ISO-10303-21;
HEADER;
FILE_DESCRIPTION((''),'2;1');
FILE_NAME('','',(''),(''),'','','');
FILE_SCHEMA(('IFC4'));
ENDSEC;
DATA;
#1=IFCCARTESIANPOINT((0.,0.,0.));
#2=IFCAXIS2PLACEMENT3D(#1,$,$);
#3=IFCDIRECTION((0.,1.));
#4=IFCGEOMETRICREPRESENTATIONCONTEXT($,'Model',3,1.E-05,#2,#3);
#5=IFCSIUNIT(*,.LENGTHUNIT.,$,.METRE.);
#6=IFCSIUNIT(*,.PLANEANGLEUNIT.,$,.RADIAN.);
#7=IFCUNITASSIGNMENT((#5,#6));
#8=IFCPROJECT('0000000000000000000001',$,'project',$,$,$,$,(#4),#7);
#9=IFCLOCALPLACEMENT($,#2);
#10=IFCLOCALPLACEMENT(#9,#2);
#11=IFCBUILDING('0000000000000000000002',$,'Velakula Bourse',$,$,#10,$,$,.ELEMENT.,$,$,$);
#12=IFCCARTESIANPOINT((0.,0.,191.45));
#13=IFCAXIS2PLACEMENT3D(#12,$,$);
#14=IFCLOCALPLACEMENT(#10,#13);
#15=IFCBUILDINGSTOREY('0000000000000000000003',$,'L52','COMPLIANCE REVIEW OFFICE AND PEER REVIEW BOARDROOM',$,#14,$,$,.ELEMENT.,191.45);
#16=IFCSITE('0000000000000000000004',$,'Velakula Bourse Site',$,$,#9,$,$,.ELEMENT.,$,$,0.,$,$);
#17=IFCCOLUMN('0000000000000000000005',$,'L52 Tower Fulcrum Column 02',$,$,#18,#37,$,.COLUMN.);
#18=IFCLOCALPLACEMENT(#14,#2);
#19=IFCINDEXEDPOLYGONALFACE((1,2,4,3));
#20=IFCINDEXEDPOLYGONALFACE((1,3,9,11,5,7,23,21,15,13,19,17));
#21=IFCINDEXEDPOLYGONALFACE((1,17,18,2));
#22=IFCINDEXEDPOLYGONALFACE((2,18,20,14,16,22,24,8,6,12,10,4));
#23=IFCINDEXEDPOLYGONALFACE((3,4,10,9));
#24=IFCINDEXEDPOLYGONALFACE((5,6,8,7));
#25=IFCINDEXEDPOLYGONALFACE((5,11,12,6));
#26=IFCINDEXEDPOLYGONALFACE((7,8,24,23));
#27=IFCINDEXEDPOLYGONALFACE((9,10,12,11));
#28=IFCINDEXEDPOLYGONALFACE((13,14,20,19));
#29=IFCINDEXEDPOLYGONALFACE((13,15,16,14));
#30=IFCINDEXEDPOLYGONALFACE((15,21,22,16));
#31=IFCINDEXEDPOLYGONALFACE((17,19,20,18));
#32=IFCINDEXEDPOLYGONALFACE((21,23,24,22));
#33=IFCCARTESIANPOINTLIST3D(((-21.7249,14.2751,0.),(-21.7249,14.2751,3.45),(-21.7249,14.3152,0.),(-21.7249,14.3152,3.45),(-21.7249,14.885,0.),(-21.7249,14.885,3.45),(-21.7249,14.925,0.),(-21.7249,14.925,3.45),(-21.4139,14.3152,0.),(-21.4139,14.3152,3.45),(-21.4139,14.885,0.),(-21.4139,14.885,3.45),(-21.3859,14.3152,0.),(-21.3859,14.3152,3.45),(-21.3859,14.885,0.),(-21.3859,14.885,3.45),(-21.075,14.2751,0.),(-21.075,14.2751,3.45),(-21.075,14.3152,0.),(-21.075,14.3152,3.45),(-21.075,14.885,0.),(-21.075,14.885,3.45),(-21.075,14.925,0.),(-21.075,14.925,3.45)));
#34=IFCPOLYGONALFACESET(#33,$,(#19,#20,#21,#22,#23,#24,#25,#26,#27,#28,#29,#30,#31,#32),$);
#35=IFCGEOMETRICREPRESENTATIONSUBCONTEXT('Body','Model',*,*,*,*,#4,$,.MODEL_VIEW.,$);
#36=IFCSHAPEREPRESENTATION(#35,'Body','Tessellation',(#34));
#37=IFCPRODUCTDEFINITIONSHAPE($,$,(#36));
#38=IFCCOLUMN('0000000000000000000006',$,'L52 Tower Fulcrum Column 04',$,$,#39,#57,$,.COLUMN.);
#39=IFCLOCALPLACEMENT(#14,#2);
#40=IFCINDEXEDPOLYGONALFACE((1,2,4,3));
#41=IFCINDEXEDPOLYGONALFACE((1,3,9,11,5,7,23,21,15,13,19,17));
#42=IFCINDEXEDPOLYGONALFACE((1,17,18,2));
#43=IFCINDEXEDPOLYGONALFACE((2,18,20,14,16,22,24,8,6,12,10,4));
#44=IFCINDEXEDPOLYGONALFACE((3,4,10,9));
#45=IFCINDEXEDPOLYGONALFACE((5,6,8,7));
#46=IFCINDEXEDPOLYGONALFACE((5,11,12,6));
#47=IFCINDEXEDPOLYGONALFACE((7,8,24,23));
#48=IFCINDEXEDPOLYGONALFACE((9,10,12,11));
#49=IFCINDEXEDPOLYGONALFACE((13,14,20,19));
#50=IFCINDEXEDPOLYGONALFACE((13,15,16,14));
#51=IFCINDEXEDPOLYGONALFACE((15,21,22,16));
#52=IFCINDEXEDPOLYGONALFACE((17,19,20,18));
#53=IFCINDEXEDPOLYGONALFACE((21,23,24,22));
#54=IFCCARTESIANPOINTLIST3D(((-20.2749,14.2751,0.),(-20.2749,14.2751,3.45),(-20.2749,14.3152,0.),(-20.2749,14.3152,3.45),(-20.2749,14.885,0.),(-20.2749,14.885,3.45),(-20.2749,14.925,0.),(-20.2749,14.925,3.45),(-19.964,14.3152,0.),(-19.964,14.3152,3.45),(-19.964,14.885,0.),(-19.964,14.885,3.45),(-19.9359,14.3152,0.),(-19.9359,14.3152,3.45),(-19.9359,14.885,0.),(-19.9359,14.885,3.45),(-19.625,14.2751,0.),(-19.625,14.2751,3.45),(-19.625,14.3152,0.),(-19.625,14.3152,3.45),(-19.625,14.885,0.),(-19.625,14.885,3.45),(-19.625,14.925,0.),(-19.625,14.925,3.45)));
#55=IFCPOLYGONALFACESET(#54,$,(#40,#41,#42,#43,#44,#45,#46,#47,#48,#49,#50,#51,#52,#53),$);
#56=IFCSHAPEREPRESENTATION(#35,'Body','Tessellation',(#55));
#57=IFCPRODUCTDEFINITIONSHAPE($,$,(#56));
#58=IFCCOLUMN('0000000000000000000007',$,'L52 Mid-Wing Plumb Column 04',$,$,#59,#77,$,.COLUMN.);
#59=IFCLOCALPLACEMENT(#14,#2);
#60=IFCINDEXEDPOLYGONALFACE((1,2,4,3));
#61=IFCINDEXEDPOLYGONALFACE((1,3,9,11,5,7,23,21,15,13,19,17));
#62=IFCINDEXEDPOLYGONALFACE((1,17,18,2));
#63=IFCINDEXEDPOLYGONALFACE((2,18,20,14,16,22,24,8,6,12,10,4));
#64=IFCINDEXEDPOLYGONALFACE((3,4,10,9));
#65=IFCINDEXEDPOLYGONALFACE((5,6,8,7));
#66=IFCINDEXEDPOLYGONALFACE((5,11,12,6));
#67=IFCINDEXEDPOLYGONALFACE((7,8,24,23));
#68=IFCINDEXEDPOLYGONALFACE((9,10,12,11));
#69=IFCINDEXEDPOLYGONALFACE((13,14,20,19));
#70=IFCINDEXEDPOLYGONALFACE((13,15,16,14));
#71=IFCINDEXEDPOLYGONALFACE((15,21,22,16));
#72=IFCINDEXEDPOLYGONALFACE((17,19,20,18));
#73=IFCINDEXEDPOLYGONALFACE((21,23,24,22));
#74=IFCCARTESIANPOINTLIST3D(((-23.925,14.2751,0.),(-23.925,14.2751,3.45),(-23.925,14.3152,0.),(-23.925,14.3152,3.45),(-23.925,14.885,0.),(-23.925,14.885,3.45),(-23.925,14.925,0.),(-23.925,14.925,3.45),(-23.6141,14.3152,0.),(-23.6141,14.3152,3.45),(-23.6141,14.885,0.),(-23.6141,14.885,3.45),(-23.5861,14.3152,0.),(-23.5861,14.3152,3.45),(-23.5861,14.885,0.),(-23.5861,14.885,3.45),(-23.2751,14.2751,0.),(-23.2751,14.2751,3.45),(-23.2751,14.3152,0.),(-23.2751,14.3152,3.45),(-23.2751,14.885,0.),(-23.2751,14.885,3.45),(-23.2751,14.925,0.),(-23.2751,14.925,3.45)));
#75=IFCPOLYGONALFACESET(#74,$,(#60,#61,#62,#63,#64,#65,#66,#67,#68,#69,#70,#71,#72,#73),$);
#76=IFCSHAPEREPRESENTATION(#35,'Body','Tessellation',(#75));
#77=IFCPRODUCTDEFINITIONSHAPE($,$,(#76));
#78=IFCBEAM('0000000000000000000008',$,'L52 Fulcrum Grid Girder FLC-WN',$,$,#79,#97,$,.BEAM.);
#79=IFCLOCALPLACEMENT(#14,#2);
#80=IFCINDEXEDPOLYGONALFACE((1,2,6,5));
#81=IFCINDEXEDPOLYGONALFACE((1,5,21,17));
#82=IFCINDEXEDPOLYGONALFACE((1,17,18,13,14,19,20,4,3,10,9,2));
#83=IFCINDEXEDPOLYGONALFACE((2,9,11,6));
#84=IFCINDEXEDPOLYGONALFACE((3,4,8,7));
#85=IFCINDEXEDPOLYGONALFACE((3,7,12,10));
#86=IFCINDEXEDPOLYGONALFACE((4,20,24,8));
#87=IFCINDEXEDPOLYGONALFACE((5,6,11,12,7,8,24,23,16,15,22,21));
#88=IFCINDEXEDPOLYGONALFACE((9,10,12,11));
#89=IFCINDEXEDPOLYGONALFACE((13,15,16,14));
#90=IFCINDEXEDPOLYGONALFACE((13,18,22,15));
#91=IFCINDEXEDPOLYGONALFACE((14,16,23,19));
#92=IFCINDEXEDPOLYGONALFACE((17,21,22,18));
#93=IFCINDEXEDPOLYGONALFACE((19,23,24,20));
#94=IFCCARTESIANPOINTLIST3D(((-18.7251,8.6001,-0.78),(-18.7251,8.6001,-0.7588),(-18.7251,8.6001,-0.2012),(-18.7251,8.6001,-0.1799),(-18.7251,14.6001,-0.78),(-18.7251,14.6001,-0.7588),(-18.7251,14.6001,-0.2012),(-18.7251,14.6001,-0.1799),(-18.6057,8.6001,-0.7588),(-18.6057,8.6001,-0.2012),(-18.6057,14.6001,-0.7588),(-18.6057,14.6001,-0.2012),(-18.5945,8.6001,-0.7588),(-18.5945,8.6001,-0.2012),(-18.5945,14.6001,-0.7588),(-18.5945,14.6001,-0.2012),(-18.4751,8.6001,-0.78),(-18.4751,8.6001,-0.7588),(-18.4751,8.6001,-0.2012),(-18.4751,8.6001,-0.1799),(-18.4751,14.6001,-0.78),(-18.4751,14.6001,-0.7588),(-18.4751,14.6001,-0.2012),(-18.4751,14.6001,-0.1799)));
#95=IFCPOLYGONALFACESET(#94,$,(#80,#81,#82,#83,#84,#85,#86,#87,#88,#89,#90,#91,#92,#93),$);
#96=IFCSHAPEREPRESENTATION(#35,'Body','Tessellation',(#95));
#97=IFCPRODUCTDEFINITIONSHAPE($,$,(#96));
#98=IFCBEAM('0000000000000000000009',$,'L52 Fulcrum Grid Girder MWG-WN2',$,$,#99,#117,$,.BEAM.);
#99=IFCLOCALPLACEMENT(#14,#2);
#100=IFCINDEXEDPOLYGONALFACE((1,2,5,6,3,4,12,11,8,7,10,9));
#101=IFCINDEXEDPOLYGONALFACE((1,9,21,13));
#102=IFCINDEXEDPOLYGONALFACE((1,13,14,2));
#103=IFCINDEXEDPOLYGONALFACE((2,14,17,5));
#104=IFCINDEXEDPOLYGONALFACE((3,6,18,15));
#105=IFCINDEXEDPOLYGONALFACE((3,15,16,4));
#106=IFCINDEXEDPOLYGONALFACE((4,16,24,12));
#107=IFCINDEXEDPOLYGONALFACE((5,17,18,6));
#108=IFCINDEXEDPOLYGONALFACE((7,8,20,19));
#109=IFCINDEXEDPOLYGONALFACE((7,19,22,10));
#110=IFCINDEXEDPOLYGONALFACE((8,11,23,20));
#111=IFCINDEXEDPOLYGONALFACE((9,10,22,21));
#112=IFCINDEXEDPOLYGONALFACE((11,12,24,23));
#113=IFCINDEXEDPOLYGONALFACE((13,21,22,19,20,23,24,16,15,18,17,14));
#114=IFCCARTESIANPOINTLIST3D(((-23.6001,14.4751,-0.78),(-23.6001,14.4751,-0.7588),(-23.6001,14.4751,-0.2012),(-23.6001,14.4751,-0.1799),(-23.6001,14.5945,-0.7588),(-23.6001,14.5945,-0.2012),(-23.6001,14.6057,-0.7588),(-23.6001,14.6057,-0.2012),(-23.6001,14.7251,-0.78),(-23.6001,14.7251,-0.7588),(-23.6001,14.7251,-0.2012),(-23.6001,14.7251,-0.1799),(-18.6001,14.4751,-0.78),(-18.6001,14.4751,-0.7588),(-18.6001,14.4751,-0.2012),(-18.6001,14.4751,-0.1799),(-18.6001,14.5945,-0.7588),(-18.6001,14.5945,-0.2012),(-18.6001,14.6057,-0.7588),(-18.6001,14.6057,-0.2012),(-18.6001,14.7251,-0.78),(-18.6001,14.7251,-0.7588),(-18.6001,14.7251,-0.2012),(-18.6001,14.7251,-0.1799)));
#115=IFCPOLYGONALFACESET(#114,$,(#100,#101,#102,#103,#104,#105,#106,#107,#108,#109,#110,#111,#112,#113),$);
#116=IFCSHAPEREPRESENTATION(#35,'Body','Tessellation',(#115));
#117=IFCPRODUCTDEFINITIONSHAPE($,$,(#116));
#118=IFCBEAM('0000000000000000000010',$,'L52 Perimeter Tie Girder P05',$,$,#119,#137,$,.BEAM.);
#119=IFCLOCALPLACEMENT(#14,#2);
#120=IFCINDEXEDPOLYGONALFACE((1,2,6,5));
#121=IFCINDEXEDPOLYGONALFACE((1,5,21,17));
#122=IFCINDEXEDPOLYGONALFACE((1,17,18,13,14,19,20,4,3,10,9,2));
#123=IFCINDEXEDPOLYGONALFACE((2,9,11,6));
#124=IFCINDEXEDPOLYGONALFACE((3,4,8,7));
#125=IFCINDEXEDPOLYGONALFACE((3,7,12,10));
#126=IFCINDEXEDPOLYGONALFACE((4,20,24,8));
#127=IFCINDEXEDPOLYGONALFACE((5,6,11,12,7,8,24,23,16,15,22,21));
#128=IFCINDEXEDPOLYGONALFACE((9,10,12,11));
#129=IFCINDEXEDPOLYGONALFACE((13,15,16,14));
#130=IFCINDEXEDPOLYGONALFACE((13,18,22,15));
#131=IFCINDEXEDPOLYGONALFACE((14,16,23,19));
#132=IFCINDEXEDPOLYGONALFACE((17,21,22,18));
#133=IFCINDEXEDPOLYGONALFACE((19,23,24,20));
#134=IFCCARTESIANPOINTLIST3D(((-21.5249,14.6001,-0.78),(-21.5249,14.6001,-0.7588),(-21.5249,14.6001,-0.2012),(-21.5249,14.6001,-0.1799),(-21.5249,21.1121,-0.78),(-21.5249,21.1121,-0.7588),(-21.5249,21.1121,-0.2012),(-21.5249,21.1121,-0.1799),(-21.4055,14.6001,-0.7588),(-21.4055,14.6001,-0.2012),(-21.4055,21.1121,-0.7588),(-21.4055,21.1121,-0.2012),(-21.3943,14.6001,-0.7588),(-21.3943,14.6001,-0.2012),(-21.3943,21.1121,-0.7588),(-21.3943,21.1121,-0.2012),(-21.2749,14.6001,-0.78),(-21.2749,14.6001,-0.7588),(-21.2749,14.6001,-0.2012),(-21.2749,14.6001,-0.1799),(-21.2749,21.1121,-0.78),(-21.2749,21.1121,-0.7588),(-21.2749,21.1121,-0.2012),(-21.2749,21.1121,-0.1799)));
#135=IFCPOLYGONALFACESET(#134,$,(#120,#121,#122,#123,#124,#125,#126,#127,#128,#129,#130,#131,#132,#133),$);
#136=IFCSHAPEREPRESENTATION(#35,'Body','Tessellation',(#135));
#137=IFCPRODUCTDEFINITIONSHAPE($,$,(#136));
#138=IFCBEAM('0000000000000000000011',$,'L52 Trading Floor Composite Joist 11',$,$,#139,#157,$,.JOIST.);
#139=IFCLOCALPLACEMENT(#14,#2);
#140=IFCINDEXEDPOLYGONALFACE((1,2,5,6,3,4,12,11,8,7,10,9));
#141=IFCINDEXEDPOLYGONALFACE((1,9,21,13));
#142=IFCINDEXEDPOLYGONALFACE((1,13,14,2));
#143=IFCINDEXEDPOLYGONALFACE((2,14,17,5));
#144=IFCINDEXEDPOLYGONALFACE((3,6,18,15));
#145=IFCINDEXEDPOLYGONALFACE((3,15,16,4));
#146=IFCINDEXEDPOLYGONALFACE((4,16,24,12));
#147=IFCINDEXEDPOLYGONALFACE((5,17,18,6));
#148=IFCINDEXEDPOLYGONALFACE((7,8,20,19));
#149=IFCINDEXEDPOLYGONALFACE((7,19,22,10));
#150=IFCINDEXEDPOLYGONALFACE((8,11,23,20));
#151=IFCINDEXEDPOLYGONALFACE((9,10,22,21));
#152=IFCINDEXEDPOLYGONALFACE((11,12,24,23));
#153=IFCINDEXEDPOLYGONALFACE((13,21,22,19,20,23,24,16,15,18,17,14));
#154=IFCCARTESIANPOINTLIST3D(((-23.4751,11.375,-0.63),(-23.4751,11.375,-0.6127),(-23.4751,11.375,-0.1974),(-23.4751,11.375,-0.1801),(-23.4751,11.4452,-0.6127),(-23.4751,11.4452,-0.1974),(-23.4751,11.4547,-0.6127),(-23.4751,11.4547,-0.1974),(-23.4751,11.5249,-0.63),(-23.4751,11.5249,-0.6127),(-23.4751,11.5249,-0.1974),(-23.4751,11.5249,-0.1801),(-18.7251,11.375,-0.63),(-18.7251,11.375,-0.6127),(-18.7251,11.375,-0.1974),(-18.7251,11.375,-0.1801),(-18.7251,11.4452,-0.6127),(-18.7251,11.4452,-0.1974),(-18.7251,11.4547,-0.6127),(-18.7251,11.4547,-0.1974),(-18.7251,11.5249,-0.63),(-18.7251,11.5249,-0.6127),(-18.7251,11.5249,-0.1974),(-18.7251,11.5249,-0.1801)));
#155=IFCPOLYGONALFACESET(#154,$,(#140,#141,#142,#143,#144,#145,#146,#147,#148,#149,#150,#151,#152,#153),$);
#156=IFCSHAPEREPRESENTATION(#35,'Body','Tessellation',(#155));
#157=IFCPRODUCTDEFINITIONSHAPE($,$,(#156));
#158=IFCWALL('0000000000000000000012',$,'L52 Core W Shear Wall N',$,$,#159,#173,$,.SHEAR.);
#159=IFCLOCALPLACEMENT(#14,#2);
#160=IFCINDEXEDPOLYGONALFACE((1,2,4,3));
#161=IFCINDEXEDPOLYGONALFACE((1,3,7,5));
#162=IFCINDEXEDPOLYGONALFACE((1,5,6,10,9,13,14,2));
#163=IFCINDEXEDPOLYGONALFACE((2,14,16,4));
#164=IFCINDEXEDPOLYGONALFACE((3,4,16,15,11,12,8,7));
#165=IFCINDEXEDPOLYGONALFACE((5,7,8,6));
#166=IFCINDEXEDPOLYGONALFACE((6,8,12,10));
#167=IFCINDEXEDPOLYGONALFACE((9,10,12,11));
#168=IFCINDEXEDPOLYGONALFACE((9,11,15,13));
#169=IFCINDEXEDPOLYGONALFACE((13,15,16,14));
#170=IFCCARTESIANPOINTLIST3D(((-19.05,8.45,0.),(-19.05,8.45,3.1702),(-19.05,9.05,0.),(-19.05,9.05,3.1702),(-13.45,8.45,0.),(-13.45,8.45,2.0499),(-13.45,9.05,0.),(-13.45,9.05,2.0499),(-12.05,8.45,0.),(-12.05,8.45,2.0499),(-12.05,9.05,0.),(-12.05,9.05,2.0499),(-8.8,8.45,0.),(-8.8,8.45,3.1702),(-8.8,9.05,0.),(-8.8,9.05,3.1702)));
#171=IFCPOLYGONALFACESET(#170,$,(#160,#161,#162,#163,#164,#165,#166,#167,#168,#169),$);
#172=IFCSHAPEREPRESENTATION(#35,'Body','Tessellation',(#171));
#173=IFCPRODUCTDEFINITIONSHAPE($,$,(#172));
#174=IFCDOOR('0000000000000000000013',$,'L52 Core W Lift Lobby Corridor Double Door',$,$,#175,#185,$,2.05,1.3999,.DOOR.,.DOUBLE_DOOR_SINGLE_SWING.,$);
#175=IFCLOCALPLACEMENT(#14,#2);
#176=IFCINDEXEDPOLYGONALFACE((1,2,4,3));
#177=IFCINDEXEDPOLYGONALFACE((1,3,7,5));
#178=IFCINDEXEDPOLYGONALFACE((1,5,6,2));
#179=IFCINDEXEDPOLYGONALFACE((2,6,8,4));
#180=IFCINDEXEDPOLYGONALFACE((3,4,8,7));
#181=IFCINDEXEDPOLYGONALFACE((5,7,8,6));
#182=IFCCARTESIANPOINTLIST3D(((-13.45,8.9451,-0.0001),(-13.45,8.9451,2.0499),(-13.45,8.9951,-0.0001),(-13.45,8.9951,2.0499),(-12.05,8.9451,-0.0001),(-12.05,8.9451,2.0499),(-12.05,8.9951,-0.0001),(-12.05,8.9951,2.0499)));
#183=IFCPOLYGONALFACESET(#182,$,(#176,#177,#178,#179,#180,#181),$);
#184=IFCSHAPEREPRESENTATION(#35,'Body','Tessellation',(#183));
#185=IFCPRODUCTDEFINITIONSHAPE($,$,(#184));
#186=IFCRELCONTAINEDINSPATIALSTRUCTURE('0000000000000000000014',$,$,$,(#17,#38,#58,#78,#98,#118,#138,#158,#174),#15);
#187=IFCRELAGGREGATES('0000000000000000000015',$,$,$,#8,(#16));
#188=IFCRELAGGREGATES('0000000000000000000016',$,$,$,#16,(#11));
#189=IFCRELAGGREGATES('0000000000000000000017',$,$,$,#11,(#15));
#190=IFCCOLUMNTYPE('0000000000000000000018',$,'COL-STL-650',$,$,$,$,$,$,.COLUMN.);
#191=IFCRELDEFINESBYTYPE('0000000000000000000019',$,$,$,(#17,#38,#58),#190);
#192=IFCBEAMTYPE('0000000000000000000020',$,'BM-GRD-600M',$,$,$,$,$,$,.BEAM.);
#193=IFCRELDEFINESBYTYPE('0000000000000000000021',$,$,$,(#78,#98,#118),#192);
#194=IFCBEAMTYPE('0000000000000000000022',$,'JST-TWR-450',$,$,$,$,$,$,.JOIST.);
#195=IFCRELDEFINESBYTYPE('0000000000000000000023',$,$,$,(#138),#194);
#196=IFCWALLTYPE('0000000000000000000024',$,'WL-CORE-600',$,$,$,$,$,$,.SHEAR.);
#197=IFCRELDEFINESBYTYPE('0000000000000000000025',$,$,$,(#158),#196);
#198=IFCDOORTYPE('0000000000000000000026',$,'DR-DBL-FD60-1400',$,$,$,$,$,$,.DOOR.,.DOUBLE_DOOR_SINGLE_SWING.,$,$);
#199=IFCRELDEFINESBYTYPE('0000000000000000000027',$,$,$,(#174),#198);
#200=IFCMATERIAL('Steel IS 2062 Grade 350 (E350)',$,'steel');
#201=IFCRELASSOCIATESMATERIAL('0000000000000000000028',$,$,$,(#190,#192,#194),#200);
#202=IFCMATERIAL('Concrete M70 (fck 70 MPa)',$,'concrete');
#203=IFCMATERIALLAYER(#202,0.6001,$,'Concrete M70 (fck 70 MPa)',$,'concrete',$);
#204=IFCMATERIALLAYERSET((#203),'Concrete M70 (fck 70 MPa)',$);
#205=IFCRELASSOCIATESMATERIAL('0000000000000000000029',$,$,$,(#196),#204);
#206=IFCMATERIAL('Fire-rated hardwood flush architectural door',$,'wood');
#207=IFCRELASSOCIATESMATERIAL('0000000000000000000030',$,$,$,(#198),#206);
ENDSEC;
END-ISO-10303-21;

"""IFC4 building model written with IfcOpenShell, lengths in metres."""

from ifc_helpers import new_model, si_unit, direction, frame, frame_2d, origin, origin_2d, place, context, subcontext, project, spatial, rectangle, i_section, extrude, material, layer, layer_set, material_profile, profile_set, type_object, element, fill, save


model = new_model("IFC4")

# Units and contexts
model_context = context("Model", 3, precision=1e-05, world=origin(), true_north=direction((0.0, 1.0)))
body_context = subcontext(model_context, "Body", "Model", "MODEL_VIEW")
ifc_project = project(units=[si_unit("LENGTHUNIT", "METRE"), si_unit("PLANEANGLEUNIT", "RADIAN")], contexts=[model_context])

# Site, building, storey
site_placement = place(None, origin())
site = spatial("IfcSite", under=ifc_project, at=site_placement, Name="Velakula Bourse Site", CompositionType="ELEMENT", RefElevation=0.0)
building_placement = place(site_placement, origin())
building = spatial("IfcBuilding", under=site, at=building_placement, Name="Velakula Bourse", CompositionType="ELEMENT")
storey_placement = place(building_placement, frame((0.0, 0.0, 191.45)))
storey = spatial("IfcBuildingStorey", under=building, at=storey_placement, Name="L52", Description="COMPLIANCE REVIEW OFFICE AND PEER REVIEW BOARDROOM", CompositionType="ELEMENT", Elevation=191.45)

# Columns
ifc_material_1 = material(Name="Steel IS 2062 Grade 350 (E350)", Category="steel")
ifc_material_profile_1 = material_profile(ifc_material_1, i_section(OverallWidth=0.6499, OverallDepth=0.6499, WebThickness=0.0281, FlangeThickness=0.04, at=origin_2d()), Name="Steel IS 2062 Grade 350 (E350)")
ifc_profile_set_1 = profile_set([ifc_material_profile_1], Name="Steel IS 2062 Grade 350 (E350)")
column_type = type_object("IfcColumnType", Name="COL-STL-650", PredefinedType="COLUMN", material=ifc_profile_set_1)
for number, where, z_axis, x_axis, name in (
    (1, (-21.3999, 14.6001, 0.0), (0.0, 0.0, 1.0), (1.0, 0.0, 0.0), "L52 Tower Fulcrum Column 02"),
    (2, (-19.95, 14.6001, 0.0), (0.0, 0.0, 1.0), (1.0, 0.0, 0.0), "L52 Tower Fulcrum Column 04"),
    (3, (-23.6001, 14.6001, 0.0), (0.0, 0.0, 1.0), (1.0, 0.0, 0.0), "L52 Mid-Wing Plumb Column 04"),
):
    element("IfcColumn", number, at=place(storey_placement, frame(where, z_axis=z_axis, x_axis=x_axis)), inside=storey, type_object=column_type, Name=name, PredefinedType="COLUMN", context=body_context, shape_type="SweptSolid", body=[
        extrude(i_section(OverallWidth=0.6499, OverallDepth=0.6499, WebThickness=0.0281, FlangeThickness=0.04, at=origin_2d()), origin(), (0.0, 0.0, 1.0), 3.45),
    ])

# Beams
ifc_material_profile_2 = material_profile(ifc_material_1, i_section(OverallWidth=0.25, OverallDepth=0.6001, WebThickness=0.0112, FlangeThickness=0.0212, at=origin_2d()), Name="Steel IS 2062 Grade 350 (E350)")
ifc_profile_set_2 = profile_set([ifc_material_profile_2], Name="Steel IS 2062 Grade 350 (E350)")
beam_type_1 = type_object("IfcBeamType", Name="BM-GRD-600M", PredefinedType="BEAM", material=ifc_profile_set_2)
beam_1_placement = place(storey_placement, frame((-18.6001, 8.6001, -0.48), z_axis=(0.0, 1.0, 0.0), x_axis=(-1.0, 0.0, 0.0)))
element("IfcBeam", 4, at=beam_1_placement, inside=storey, type_object=beam_type_1, Name="L52 Fulcrum Grid Girder FLC-WN", PredefinedType="BEAM", context=body_context, shape_type="SweptSolid", body=[
    extrude(i_section(OverallWidth=0.25, OverallDepth=0.6001, WebThickness=0.0112, FlangeThickness=0.0212, at=origin_2d()), origin(), (0.0, 0.0, 1.0), 6.0),
])
beam_2_placement = place(storey_placement, frame((-23.6001, 14.6001, -0.48), z_axis=(1.0, 0.0, 0.0), x_axis=(0.0, 1.0, 0.0)))
element("IfcBeam", 5, at=beam_2_placement, inside=storey, type_object=beam_type_1, Name="L52 Fulcrum Grid Girder MWG-WN2", PredefinedType="BEAM", context=body_context, shape_type="SweptSolid", body=[
    extrude(i_section(OverallWidth=0.25, OverallDepth=0.6001, WebThickness=0.0112, FlangeThickness=0.0212, at=origin_2d()), origin(), (0.0, 0.0, 1.0), 5.0),
])
beam_3_placement = place(storey_placement, frame((-21.3999, 14.6001, -0.48), z_axis=(0.0, 1.0, 0.0), x_axis=(-1.0, 0.0, 0.0)))
element("IfcBeam", 6, at=beam_3_placement, inside=storey, type_object=beam_type_1, Name="L52 Perimeter Tie Girder P05", PredefinedType="BEAM", context=body_context, shape_type="SweptSolid", body=[
    extrude(i_section(OverallWidth=0.25, OverallDepth=0.6001, WebThickness=0.0112, FlangeThickness=0.0212, at=origin_2d()), origin(), (0.0, 0.0, 1.0), 6.512),
])
ifc_material_profile_3 = material_profile(ifc_material_1, i_section(OverallWidth=0.1499, OverallDepth=0.45, WebThickness=0.0095, FlangeThickness=0.0173, at=origin_2d()), Name="Steel IS 2062 Grade 350 (E350)")
ifc_profile_set_3 = profile_set([ifc_material_profile_3], Name="Steel IS 2062 Grade 350 (E350)")
beam_type_2 = type_object("IfcBeamType", Name="JST-TWR-450", PredefinedType="JOIST", material=ifc_profile_set_3)
beam_4_placement = place(storey_placement, frame((-23.4751, 11.45, -0.405), z_axis=(1.0, 0.0, 0.0), x_axis=(0.0, 1.0, 0.0)))
element("IfcBeam", 7, at=beam_4_placement, inside=storey, type_object=beam_type_2, Name="L52 Trading Floor Composite Joist 11", PredefinedType="JOIST", context=body_context, shape_type="SweptSolid", body=[
    extrude(i_section(OverallWidth=0.1499, OverallDepth=0.45, WebThickness=0.0095, FlangeThickness=0.0173, at=origin_2d()), origin(), (0.0, 0.0, 1.0), 4.75),
])

# Wall, opening, door
ifc_material_2 = material(Name="Concrete M70 (fck 70 MPa)", Category="concrete")
ifc_layer_1 = layer(ifc_material_2, 0.6001, Name="Concrete M70 (fck 70 MPa)", Category="concrete")
ifc_layer_set_1 = layer_set([ifc_layer_1], Name="Concrete M70 (fck 70 MPa)")
wall_type_1 = type_object("IfcWallType", Name="WL-CORE-600", PredefinedType="SHEAR", material=ifc_layer_set_1)
wall_1_placement = place(storey_placement, frame((-19.05, 8.75, 0.0), z_axis=(0.0, 0.0, 1.0), x_axis=(1.0, 0.0, 0.0)))
wall_1 = element("IfcWall", 8, at=wall_1_placement, inside=storey, type_object=wall_type_1, Name="L52 Core W Shear Wall N", PredefinedType="SHEAR", context=body_context, shape_type="SweptSolid", body=[
    extrude(rectangle(XDim=10.25, YDim=0.6001, at=frame_2d((5.125, 0.0))), origin(), (0.0, 0.0, 1.0), 3.1702),
])
opening_1_placement = place(wall_1_placement, frame((5.6001, 0.0, 0.0)))
opening_1 = element("IfcOpeningElement", 9, at=opening_1_placement, cuts=wall_1, PredefinedType="OPENING", context=body_context, shape_type="SweptSolid", body=[
    extrude(rectangle(XDim=1.3999, YDim=2.05, at=frame_2d((0.7, 1.0249))), frame((0.0, 0.3101, 0.0), z_axis=(0.0, -1.0, 0.0), x_axis=(1.0, 0.0, 0.0)), (0.0, 0.0, 1.0), 0.6201),
])
ifc_material_3 = material(Name="Fire-rated hardwood flush architectural door", Category="wood")
door_type_1 = type_object("IfcDoorType", Name="DR-DBL-FD60-1400", OperationType="DOUBLE_DOOR_SINGLE_SWING", PredefinedType="DOOR", material=ifc_material_3)
door_1_placement = place(opening_1_placement, origin())
door_1 = element("IfcDoor", 10, at=door_1_placement, inside=storey, type_object=door_type_1, Name="L52 Core W Lift Lobby Corridor Double Door", OperationType="DOUBLE_DOOR_SINGLE_SWING", OverallHeight=2.05, OverallWidth=1.3999, PredefinedType="DOOR", context=body_context, shape_type="SweptSolid", body=[
    extrude(rectangle(XDim=1.3999, YDim=2.05, at=frame_2d((0.7, 1.0249))), frame((0.0, 0.2451, 0.0), z_axis=(0.0, -1.0, 0.0), x_axis=(1.0, 0.0, 0.0)), (0.0, 0.0, 1.0), 0.05),
])
fill(opening_1, door_1)

save(model, "model.ifc")
